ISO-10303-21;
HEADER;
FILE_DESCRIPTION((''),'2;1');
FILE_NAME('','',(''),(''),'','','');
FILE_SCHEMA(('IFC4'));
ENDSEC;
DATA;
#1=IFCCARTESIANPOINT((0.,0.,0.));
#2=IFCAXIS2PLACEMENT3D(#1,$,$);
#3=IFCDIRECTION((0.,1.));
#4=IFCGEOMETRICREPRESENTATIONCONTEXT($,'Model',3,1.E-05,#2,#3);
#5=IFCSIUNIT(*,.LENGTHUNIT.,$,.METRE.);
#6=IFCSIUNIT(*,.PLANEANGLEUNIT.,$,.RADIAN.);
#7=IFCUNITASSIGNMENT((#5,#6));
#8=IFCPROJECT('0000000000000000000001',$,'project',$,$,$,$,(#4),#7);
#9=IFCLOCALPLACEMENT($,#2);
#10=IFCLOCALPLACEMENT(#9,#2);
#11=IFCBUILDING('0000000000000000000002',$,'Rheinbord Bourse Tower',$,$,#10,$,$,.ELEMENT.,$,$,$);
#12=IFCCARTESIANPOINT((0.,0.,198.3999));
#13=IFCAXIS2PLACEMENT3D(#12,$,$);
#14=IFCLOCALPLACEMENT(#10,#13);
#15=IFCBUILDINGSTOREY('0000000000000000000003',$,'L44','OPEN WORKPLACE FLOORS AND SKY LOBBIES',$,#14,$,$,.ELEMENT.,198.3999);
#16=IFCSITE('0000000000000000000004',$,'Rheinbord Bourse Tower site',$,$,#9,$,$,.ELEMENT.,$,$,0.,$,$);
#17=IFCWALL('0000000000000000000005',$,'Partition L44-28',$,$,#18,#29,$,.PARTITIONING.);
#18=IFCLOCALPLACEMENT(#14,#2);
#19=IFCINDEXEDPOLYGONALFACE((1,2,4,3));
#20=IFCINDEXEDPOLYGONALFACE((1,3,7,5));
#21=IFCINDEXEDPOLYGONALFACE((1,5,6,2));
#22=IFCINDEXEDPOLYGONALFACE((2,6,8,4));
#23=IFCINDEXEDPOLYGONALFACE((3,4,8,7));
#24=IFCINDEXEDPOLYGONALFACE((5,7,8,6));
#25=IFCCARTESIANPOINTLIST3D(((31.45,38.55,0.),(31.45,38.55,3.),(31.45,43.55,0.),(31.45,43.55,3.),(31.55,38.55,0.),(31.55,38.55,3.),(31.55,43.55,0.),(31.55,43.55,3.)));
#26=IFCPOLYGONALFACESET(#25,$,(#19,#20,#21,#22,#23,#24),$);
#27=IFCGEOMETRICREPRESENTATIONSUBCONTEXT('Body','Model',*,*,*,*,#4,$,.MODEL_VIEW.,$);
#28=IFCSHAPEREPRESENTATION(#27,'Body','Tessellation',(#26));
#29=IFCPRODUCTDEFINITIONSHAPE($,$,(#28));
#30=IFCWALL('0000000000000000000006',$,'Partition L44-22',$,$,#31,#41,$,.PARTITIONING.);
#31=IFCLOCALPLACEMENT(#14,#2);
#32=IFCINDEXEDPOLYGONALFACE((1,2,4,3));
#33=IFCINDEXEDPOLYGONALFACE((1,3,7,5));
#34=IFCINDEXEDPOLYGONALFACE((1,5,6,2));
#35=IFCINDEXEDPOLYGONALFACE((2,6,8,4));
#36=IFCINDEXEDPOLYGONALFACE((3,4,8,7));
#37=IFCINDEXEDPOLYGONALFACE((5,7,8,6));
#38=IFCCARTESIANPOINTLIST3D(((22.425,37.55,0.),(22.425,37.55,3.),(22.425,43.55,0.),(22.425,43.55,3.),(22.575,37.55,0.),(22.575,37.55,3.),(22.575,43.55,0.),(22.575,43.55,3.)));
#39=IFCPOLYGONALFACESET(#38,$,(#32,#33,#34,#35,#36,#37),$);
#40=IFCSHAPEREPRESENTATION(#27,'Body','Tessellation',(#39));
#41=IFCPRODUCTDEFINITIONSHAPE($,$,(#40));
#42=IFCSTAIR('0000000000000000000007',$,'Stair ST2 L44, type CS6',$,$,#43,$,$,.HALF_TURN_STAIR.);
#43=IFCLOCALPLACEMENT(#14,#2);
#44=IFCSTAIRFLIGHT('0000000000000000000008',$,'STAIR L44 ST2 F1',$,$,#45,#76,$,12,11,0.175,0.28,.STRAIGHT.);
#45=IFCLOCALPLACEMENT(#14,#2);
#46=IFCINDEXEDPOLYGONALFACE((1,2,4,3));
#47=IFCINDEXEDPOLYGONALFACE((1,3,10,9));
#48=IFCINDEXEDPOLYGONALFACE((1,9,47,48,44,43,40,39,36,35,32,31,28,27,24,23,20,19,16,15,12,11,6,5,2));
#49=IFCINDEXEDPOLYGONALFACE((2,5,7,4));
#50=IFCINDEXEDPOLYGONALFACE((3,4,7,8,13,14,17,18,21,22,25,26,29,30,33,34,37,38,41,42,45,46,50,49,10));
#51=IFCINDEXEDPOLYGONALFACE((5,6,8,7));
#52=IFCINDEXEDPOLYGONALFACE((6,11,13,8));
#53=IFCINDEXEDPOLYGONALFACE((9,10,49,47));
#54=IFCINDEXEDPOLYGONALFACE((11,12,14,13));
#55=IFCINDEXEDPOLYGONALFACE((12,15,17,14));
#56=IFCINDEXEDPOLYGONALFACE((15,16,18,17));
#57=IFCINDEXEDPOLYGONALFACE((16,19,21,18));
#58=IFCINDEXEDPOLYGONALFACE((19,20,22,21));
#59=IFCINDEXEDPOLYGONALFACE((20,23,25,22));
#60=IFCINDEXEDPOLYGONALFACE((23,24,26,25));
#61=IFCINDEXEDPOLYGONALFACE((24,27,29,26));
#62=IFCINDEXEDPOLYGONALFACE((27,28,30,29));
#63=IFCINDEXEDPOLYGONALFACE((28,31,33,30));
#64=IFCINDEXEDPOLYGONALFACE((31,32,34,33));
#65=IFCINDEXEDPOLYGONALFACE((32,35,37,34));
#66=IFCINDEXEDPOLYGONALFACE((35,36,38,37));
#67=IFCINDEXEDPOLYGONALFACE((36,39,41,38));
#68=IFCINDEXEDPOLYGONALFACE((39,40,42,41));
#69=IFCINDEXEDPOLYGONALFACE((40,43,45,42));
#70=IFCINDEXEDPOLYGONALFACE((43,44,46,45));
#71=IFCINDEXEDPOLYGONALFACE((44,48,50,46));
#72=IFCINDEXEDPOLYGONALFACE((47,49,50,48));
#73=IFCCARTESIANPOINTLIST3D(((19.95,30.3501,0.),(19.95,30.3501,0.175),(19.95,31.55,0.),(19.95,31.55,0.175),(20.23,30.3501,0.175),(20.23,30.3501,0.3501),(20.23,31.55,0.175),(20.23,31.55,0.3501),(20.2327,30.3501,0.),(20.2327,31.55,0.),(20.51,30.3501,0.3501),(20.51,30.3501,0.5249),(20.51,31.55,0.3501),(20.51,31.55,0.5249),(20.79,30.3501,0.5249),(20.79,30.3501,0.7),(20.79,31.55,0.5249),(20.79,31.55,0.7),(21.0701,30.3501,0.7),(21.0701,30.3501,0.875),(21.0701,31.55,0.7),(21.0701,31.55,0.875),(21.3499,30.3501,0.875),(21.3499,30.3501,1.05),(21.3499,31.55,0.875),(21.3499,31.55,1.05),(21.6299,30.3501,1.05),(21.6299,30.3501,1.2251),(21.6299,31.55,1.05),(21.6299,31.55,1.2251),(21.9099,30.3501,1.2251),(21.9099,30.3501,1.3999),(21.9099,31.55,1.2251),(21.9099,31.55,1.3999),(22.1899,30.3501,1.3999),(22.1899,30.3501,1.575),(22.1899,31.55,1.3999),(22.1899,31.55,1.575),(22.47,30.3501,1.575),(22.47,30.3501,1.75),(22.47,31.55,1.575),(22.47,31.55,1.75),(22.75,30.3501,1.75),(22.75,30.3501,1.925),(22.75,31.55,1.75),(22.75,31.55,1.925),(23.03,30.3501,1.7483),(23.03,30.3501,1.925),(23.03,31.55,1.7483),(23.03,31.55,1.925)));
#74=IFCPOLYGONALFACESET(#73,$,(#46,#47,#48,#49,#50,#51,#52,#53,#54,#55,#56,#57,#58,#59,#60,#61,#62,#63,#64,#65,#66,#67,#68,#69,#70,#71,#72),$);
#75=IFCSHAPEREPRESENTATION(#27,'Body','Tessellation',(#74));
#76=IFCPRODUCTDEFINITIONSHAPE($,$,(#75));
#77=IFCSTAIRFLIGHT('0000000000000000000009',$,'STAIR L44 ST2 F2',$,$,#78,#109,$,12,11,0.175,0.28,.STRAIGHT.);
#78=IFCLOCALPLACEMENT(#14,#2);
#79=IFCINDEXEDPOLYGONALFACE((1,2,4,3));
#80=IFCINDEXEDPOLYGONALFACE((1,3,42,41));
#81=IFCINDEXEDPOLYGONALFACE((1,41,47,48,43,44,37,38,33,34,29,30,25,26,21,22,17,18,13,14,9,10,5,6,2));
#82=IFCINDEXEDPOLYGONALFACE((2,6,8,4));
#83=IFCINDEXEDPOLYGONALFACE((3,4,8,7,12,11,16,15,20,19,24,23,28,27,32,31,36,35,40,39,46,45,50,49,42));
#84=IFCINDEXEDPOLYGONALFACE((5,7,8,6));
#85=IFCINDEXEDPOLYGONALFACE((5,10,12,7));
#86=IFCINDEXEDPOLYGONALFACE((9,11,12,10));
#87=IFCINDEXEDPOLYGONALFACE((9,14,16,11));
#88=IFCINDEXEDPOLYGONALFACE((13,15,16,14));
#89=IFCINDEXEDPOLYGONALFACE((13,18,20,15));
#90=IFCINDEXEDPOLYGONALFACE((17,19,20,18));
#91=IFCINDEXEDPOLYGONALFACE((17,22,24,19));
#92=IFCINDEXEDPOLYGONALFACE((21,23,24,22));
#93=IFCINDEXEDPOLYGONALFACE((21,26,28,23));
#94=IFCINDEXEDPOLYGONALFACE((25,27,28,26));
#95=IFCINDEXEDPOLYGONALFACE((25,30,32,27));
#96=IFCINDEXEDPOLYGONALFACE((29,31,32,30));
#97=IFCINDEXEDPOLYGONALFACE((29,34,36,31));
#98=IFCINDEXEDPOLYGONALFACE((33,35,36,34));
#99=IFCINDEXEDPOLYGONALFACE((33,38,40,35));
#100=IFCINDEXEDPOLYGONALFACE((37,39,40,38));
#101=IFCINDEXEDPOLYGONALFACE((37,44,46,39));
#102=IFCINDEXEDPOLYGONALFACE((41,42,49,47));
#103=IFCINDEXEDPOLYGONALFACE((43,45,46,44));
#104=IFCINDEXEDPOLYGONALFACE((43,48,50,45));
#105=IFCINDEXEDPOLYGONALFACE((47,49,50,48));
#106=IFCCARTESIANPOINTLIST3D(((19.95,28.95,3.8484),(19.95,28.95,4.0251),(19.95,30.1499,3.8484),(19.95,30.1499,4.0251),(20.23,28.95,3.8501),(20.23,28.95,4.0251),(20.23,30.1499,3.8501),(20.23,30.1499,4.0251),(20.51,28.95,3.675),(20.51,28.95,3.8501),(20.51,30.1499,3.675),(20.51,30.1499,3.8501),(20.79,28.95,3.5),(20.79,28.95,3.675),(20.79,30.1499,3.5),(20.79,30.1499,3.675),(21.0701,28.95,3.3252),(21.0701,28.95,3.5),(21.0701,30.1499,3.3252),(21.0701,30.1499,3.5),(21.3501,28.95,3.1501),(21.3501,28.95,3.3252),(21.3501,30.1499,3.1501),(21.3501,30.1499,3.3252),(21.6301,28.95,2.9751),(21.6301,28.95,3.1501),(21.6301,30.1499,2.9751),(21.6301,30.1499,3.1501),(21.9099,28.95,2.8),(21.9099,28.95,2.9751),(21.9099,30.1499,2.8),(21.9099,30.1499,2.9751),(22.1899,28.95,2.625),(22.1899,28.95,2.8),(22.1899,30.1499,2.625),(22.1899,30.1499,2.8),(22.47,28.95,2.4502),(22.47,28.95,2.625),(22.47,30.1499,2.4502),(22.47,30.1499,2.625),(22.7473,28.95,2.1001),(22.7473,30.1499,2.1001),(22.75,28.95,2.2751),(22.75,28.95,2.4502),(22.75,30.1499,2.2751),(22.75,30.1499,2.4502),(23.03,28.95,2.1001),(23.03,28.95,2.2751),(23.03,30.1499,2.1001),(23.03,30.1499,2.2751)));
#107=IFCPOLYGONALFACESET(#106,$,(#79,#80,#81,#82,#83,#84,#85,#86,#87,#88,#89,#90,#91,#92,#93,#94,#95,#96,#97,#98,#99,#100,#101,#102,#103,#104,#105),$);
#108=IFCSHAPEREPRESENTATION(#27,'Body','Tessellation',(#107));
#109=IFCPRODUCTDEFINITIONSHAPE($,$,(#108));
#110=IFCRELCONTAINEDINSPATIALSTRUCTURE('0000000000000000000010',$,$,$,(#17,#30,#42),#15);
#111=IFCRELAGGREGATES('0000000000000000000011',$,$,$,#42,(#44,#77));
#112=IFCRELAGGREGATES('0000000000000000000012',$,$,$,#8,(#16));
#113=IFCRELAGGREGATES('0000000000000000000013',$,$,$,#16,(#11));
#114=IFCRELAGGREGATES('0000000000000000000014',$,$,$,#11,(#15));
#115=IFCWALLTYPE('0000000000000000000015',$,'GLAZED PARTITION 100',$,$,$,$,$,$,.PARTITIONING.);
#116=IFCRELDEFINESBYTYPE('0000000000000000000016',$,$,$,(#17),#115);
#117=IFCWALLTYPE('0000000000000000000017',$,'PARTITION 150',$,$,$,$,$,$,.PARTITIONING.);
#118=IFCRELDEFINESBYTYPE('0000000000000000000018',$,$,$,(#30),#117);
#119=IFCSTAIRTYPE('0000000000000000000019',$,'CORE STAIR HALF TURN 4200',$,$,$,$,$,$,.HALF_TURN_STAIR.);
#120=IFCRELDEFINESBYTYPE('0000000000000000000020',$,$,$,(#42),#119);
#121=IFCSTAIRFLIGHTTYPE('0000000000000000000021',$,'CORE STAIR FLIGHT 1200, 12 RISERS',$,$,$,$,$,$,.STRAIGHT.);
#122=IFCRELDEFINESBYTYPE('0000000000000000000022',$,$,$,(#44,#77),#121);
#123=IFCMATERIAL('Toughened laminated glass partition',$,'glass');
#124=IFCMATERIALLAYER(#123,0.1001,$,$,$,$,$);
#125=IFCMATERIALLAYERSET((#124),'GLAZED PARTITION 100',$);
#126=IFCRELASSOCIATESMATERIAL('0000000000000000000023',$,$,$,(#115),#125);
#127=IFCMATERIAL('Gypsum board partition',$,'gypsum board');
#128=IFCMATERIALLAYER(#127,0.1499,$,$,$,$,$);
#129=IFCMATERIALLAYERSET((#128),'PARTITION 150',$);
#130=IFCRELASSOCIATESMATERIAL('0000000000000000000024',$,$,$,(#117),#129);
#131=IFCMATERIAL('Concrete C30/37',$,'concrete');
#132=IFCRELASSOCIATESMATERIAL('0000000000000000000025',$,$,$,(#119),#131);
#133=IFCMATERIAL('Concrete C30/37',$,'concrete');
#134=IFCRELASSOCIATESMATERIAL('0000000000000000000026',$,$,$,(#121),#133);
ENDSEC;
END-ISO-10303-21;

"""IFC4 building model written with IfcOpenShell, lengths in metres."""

from ifc_helpers import new_model, si_unit, direction, frame, frame_2d, origin, place, context, subcontext, project, spatial, polyline, rectangle, outline, extrude, material, layer, layer_set, type_object, element, aggregate, save


model = new_model("IFC4")

# Units and contexts
model_context = context("Model", 3, precision=1e-05, world=origin(), true_north=direction((0.0, 1.0)))
body_context = subcontext(model_context, "Body", "Model", "MODEL_VIEW")
ifc_project = project(units=[si_unit("LENGTHUNIT", "METRE"), si_unit("PLANEANGLEUNIT", "RADIAN")], contexts=[model_context])

# Site, building, storey
site_placement = place(None, origin())
site = spatial("IfcSite", under=ifc_project, at=site_placement, Name="Rheinbord Bourse Tower site", CompositionType="ELEMENT", RefElevation=0.0)
building_placement = place(site_placement, origin())
building = spatial("IfcBuilding", under=site, at=building_placement, Name="Rheinbord Bourse Tower", CompositionType="ELEMENT")
storey_placement = place(building_placement, frame((0.0, 0.0, 198.3999)))
storey = spatial("IfcBuildingStorey", under=building, at=storey_placement, Name="L44", Description="OPEN WORKPLACE FLOORS AND SKY LOBBIES", CompositionType="ELEMENT", Elevation=198.3999)

# Shared definitions
ifc_material_1 = material(Name="Toughened laminated glass partition", Category="glass")
ifc_layer_1 = layer(ifc_material_1, 0.1001)
ifc_layer_set_1 = layer_set([ifc_layer_1], Name="GLAZED PARTITION 100")
wall_type_1 = type_object("IfcWallType", Name="GLAZED PARTITION 100", PredefinedType="PARTITIONING", material=ifc_layer_set_1)

# Walls
for number, where, z_axis, x_axis, name in (
    (1, (31.5, 38.55, 0.0), (0.0, 0.0, 1.0), (0.0, 1.0, 0.0), "Partition L44-28"),
):
    element("IfcWall", number, at=place(storey_placement, frame(where, z_axis=z_axis, x_axis=x_axis)), inside=storey, type_object=wall_type_1, Name=name, PredefinedType="PARTITIONING", context=body_context, shape_type="SweptSolid", body=[
        extrude(rectangle(XDim=5.0, YDim=0.1001, at=frame_2d((2.5, 0.0))), origin(), (0.0, 0.0, 1.0), 3.0),
    ])
ifc_material_2 = material(Name="Gypsum board partition", Category="gypsum board")
ifc_layer_2 = layer(ifc_material_2, 0.1499)
ifc_layer_set_2 = layer_set([ifc_layer_2], Name="PARTITION 150")
wall_type_2 = type_object("IfcWallType", Name="PARTITION 150", PredefinedType="PARTITIONING", material=ifc_layer_set_2)
wall_1_placement = place(storey_placement, frame((22.5, 37.55, 0.0), z_axis=(0.0, 0.0, 1.0), x_axis=(0.0, 1.0, 0.0)))
element("IfcWall", 2, at=wall_1_placement, inside=storey, type_object=wall_type_2, Name="Partition L44-22", PredefinedType="PARTITIONING", context=body_context, shape_type="SweptSolid", body=[
    extrude(rectangle(XDim=6.0, YDim=0.1499, at=frame_2d((3.0, 0.0))), origin(), (0.0, 0.0, 1.0), 3.0),
])

# Stair, stair flights
ifc_material_3 = material(Name="Concrete C30/37", Category="concrete")
stair_type = type_object("IfcStairType", Name="CORE STAIR HALF TURN 4200", PredefinedType="HALF_TURN_STAIR", material=ifc_material_3)
stair_placement = place(storey_placement, origin())
stair = element("IfcStair", 3, at=stair_placement, inside=storey, type_object=stair_type, Name="Stair ST2 L44, type CS6", PredefinedType="HALF_TURN_STAIR")
ifc_material_4 = material(Name="Concrete C30/37", Category="concrete")
stair_flight_type = type_object("IfcStairFlightType", Name="CORE STAIR FLIGHT 1200, 12 RISERS", PredefinedType="STRAIGHT", material=ifc_material_4)
stair_flight_1_placement = place(storey_placement, frame((19.95, 30.95, 0.0), z_axis=(0.0, 0.0, 1.0), x_axis=(1.0, 0.0, 0.0)))
stair_flight_1 = element("IfcStairFlight", 4, at=stair_flight_1_placement, type_object=stair_flight_type, Name="STAIR L44 ST2 F1", NumberOfRisers=12, NumberOfTreads=11, PredefinedType="STRAIGHT", RiserHeight=0.175, TreadLength=0.28, context=body_context, shape_type="SweptSolid", body=[
    extrude(outline(polyline([(0.0, 0.0), (0.0, 0.175), (0.28, 0.175), (0.28, 0.3501), (0.5601, 0.3501), (0.5601, 0.5249), (0.8401, 0.5249), (0.8401, 0.7), (1.1201, 0.7), (1.1201, 0.875), (1.3999, 0.875), (1.3999, 1.05), (1.6799, 1.05), (1.6799, 1.2251), (1.96, 1.2251), (1.96, 1.3999), (2.24, 1.3999), (2.24, 1.575), (2.52, 1.575), (2.52, 1.75), (2.8, 1.75), (2.8, 1.925), (3.0801, 1.925), (3.0801, 2.1001), (3.0801, 1.7483), (0.2827, 0.0), (0.0, 0.0)])), frame((0.0, 0.6001, 0.0), z_axis=(0.0, -1.0, 0.0), x_axis=(1.0, 0.0, 0.0)), (0.0, 0.0, 1.0), 1.2),
])
stair_flight_2_placement = place(storey_placement, frame((23.03, 29.55, 2.1001), z_axis=(0.0, 0.0, 1.0), x_axis=(-1.0, 0.0, 0.0)))
stair_flight_2 = element("IfcStairFlight", 5, at=stair_flight_2_placement, type_object=stair_flight_type, Name="STAIR L44 ST2 F2", NumberOfRisers=12, NumberOfTreads=11, PredefinedType="STRAIGHT", RiserHeight=0.175, TreadLength=0.28, context=body_context, shape_type="SweptSolid", body=[
    extrude(outline(polyline([(0.0, 0.0), (0.0, 0.175), (0.28, 0.175), (0.28, 0.3501), (0.5601, 0.3501), (0.5601, 0.5249), (0.8401, 0.5249), (0.8401, 0.7), (1.1201, 0.7), (1.1201, 0.875), (1.3999, 0.875), (1.3999, 1.05), (1.6799, 1.05), (1.6799, 1.2251), (1.96, 1.2251), (1.96, 1.3999), (2.24, 1.3999), (2.24, 1.575), (2.52, 1.575), (2.52, 1.75), (2.8, 1.75), (2.8, 1.925), (3.0801, 1.925), (3.0801, 2.1001), (3.0801, 1.7483), (0.2827, 0.0), (0.0, 0.0)])), frame((0.0, 0.6001, 0.0), z_axis=(0.0, -1.0, 0.0), x_axis=(1.0, 0.0, 0.0)), (0.0, 0.0, 1.0), 1.2),
])
aggregate(stair, [stair_flight_1, stair_flight_2])

save(model, "model.ifc")
